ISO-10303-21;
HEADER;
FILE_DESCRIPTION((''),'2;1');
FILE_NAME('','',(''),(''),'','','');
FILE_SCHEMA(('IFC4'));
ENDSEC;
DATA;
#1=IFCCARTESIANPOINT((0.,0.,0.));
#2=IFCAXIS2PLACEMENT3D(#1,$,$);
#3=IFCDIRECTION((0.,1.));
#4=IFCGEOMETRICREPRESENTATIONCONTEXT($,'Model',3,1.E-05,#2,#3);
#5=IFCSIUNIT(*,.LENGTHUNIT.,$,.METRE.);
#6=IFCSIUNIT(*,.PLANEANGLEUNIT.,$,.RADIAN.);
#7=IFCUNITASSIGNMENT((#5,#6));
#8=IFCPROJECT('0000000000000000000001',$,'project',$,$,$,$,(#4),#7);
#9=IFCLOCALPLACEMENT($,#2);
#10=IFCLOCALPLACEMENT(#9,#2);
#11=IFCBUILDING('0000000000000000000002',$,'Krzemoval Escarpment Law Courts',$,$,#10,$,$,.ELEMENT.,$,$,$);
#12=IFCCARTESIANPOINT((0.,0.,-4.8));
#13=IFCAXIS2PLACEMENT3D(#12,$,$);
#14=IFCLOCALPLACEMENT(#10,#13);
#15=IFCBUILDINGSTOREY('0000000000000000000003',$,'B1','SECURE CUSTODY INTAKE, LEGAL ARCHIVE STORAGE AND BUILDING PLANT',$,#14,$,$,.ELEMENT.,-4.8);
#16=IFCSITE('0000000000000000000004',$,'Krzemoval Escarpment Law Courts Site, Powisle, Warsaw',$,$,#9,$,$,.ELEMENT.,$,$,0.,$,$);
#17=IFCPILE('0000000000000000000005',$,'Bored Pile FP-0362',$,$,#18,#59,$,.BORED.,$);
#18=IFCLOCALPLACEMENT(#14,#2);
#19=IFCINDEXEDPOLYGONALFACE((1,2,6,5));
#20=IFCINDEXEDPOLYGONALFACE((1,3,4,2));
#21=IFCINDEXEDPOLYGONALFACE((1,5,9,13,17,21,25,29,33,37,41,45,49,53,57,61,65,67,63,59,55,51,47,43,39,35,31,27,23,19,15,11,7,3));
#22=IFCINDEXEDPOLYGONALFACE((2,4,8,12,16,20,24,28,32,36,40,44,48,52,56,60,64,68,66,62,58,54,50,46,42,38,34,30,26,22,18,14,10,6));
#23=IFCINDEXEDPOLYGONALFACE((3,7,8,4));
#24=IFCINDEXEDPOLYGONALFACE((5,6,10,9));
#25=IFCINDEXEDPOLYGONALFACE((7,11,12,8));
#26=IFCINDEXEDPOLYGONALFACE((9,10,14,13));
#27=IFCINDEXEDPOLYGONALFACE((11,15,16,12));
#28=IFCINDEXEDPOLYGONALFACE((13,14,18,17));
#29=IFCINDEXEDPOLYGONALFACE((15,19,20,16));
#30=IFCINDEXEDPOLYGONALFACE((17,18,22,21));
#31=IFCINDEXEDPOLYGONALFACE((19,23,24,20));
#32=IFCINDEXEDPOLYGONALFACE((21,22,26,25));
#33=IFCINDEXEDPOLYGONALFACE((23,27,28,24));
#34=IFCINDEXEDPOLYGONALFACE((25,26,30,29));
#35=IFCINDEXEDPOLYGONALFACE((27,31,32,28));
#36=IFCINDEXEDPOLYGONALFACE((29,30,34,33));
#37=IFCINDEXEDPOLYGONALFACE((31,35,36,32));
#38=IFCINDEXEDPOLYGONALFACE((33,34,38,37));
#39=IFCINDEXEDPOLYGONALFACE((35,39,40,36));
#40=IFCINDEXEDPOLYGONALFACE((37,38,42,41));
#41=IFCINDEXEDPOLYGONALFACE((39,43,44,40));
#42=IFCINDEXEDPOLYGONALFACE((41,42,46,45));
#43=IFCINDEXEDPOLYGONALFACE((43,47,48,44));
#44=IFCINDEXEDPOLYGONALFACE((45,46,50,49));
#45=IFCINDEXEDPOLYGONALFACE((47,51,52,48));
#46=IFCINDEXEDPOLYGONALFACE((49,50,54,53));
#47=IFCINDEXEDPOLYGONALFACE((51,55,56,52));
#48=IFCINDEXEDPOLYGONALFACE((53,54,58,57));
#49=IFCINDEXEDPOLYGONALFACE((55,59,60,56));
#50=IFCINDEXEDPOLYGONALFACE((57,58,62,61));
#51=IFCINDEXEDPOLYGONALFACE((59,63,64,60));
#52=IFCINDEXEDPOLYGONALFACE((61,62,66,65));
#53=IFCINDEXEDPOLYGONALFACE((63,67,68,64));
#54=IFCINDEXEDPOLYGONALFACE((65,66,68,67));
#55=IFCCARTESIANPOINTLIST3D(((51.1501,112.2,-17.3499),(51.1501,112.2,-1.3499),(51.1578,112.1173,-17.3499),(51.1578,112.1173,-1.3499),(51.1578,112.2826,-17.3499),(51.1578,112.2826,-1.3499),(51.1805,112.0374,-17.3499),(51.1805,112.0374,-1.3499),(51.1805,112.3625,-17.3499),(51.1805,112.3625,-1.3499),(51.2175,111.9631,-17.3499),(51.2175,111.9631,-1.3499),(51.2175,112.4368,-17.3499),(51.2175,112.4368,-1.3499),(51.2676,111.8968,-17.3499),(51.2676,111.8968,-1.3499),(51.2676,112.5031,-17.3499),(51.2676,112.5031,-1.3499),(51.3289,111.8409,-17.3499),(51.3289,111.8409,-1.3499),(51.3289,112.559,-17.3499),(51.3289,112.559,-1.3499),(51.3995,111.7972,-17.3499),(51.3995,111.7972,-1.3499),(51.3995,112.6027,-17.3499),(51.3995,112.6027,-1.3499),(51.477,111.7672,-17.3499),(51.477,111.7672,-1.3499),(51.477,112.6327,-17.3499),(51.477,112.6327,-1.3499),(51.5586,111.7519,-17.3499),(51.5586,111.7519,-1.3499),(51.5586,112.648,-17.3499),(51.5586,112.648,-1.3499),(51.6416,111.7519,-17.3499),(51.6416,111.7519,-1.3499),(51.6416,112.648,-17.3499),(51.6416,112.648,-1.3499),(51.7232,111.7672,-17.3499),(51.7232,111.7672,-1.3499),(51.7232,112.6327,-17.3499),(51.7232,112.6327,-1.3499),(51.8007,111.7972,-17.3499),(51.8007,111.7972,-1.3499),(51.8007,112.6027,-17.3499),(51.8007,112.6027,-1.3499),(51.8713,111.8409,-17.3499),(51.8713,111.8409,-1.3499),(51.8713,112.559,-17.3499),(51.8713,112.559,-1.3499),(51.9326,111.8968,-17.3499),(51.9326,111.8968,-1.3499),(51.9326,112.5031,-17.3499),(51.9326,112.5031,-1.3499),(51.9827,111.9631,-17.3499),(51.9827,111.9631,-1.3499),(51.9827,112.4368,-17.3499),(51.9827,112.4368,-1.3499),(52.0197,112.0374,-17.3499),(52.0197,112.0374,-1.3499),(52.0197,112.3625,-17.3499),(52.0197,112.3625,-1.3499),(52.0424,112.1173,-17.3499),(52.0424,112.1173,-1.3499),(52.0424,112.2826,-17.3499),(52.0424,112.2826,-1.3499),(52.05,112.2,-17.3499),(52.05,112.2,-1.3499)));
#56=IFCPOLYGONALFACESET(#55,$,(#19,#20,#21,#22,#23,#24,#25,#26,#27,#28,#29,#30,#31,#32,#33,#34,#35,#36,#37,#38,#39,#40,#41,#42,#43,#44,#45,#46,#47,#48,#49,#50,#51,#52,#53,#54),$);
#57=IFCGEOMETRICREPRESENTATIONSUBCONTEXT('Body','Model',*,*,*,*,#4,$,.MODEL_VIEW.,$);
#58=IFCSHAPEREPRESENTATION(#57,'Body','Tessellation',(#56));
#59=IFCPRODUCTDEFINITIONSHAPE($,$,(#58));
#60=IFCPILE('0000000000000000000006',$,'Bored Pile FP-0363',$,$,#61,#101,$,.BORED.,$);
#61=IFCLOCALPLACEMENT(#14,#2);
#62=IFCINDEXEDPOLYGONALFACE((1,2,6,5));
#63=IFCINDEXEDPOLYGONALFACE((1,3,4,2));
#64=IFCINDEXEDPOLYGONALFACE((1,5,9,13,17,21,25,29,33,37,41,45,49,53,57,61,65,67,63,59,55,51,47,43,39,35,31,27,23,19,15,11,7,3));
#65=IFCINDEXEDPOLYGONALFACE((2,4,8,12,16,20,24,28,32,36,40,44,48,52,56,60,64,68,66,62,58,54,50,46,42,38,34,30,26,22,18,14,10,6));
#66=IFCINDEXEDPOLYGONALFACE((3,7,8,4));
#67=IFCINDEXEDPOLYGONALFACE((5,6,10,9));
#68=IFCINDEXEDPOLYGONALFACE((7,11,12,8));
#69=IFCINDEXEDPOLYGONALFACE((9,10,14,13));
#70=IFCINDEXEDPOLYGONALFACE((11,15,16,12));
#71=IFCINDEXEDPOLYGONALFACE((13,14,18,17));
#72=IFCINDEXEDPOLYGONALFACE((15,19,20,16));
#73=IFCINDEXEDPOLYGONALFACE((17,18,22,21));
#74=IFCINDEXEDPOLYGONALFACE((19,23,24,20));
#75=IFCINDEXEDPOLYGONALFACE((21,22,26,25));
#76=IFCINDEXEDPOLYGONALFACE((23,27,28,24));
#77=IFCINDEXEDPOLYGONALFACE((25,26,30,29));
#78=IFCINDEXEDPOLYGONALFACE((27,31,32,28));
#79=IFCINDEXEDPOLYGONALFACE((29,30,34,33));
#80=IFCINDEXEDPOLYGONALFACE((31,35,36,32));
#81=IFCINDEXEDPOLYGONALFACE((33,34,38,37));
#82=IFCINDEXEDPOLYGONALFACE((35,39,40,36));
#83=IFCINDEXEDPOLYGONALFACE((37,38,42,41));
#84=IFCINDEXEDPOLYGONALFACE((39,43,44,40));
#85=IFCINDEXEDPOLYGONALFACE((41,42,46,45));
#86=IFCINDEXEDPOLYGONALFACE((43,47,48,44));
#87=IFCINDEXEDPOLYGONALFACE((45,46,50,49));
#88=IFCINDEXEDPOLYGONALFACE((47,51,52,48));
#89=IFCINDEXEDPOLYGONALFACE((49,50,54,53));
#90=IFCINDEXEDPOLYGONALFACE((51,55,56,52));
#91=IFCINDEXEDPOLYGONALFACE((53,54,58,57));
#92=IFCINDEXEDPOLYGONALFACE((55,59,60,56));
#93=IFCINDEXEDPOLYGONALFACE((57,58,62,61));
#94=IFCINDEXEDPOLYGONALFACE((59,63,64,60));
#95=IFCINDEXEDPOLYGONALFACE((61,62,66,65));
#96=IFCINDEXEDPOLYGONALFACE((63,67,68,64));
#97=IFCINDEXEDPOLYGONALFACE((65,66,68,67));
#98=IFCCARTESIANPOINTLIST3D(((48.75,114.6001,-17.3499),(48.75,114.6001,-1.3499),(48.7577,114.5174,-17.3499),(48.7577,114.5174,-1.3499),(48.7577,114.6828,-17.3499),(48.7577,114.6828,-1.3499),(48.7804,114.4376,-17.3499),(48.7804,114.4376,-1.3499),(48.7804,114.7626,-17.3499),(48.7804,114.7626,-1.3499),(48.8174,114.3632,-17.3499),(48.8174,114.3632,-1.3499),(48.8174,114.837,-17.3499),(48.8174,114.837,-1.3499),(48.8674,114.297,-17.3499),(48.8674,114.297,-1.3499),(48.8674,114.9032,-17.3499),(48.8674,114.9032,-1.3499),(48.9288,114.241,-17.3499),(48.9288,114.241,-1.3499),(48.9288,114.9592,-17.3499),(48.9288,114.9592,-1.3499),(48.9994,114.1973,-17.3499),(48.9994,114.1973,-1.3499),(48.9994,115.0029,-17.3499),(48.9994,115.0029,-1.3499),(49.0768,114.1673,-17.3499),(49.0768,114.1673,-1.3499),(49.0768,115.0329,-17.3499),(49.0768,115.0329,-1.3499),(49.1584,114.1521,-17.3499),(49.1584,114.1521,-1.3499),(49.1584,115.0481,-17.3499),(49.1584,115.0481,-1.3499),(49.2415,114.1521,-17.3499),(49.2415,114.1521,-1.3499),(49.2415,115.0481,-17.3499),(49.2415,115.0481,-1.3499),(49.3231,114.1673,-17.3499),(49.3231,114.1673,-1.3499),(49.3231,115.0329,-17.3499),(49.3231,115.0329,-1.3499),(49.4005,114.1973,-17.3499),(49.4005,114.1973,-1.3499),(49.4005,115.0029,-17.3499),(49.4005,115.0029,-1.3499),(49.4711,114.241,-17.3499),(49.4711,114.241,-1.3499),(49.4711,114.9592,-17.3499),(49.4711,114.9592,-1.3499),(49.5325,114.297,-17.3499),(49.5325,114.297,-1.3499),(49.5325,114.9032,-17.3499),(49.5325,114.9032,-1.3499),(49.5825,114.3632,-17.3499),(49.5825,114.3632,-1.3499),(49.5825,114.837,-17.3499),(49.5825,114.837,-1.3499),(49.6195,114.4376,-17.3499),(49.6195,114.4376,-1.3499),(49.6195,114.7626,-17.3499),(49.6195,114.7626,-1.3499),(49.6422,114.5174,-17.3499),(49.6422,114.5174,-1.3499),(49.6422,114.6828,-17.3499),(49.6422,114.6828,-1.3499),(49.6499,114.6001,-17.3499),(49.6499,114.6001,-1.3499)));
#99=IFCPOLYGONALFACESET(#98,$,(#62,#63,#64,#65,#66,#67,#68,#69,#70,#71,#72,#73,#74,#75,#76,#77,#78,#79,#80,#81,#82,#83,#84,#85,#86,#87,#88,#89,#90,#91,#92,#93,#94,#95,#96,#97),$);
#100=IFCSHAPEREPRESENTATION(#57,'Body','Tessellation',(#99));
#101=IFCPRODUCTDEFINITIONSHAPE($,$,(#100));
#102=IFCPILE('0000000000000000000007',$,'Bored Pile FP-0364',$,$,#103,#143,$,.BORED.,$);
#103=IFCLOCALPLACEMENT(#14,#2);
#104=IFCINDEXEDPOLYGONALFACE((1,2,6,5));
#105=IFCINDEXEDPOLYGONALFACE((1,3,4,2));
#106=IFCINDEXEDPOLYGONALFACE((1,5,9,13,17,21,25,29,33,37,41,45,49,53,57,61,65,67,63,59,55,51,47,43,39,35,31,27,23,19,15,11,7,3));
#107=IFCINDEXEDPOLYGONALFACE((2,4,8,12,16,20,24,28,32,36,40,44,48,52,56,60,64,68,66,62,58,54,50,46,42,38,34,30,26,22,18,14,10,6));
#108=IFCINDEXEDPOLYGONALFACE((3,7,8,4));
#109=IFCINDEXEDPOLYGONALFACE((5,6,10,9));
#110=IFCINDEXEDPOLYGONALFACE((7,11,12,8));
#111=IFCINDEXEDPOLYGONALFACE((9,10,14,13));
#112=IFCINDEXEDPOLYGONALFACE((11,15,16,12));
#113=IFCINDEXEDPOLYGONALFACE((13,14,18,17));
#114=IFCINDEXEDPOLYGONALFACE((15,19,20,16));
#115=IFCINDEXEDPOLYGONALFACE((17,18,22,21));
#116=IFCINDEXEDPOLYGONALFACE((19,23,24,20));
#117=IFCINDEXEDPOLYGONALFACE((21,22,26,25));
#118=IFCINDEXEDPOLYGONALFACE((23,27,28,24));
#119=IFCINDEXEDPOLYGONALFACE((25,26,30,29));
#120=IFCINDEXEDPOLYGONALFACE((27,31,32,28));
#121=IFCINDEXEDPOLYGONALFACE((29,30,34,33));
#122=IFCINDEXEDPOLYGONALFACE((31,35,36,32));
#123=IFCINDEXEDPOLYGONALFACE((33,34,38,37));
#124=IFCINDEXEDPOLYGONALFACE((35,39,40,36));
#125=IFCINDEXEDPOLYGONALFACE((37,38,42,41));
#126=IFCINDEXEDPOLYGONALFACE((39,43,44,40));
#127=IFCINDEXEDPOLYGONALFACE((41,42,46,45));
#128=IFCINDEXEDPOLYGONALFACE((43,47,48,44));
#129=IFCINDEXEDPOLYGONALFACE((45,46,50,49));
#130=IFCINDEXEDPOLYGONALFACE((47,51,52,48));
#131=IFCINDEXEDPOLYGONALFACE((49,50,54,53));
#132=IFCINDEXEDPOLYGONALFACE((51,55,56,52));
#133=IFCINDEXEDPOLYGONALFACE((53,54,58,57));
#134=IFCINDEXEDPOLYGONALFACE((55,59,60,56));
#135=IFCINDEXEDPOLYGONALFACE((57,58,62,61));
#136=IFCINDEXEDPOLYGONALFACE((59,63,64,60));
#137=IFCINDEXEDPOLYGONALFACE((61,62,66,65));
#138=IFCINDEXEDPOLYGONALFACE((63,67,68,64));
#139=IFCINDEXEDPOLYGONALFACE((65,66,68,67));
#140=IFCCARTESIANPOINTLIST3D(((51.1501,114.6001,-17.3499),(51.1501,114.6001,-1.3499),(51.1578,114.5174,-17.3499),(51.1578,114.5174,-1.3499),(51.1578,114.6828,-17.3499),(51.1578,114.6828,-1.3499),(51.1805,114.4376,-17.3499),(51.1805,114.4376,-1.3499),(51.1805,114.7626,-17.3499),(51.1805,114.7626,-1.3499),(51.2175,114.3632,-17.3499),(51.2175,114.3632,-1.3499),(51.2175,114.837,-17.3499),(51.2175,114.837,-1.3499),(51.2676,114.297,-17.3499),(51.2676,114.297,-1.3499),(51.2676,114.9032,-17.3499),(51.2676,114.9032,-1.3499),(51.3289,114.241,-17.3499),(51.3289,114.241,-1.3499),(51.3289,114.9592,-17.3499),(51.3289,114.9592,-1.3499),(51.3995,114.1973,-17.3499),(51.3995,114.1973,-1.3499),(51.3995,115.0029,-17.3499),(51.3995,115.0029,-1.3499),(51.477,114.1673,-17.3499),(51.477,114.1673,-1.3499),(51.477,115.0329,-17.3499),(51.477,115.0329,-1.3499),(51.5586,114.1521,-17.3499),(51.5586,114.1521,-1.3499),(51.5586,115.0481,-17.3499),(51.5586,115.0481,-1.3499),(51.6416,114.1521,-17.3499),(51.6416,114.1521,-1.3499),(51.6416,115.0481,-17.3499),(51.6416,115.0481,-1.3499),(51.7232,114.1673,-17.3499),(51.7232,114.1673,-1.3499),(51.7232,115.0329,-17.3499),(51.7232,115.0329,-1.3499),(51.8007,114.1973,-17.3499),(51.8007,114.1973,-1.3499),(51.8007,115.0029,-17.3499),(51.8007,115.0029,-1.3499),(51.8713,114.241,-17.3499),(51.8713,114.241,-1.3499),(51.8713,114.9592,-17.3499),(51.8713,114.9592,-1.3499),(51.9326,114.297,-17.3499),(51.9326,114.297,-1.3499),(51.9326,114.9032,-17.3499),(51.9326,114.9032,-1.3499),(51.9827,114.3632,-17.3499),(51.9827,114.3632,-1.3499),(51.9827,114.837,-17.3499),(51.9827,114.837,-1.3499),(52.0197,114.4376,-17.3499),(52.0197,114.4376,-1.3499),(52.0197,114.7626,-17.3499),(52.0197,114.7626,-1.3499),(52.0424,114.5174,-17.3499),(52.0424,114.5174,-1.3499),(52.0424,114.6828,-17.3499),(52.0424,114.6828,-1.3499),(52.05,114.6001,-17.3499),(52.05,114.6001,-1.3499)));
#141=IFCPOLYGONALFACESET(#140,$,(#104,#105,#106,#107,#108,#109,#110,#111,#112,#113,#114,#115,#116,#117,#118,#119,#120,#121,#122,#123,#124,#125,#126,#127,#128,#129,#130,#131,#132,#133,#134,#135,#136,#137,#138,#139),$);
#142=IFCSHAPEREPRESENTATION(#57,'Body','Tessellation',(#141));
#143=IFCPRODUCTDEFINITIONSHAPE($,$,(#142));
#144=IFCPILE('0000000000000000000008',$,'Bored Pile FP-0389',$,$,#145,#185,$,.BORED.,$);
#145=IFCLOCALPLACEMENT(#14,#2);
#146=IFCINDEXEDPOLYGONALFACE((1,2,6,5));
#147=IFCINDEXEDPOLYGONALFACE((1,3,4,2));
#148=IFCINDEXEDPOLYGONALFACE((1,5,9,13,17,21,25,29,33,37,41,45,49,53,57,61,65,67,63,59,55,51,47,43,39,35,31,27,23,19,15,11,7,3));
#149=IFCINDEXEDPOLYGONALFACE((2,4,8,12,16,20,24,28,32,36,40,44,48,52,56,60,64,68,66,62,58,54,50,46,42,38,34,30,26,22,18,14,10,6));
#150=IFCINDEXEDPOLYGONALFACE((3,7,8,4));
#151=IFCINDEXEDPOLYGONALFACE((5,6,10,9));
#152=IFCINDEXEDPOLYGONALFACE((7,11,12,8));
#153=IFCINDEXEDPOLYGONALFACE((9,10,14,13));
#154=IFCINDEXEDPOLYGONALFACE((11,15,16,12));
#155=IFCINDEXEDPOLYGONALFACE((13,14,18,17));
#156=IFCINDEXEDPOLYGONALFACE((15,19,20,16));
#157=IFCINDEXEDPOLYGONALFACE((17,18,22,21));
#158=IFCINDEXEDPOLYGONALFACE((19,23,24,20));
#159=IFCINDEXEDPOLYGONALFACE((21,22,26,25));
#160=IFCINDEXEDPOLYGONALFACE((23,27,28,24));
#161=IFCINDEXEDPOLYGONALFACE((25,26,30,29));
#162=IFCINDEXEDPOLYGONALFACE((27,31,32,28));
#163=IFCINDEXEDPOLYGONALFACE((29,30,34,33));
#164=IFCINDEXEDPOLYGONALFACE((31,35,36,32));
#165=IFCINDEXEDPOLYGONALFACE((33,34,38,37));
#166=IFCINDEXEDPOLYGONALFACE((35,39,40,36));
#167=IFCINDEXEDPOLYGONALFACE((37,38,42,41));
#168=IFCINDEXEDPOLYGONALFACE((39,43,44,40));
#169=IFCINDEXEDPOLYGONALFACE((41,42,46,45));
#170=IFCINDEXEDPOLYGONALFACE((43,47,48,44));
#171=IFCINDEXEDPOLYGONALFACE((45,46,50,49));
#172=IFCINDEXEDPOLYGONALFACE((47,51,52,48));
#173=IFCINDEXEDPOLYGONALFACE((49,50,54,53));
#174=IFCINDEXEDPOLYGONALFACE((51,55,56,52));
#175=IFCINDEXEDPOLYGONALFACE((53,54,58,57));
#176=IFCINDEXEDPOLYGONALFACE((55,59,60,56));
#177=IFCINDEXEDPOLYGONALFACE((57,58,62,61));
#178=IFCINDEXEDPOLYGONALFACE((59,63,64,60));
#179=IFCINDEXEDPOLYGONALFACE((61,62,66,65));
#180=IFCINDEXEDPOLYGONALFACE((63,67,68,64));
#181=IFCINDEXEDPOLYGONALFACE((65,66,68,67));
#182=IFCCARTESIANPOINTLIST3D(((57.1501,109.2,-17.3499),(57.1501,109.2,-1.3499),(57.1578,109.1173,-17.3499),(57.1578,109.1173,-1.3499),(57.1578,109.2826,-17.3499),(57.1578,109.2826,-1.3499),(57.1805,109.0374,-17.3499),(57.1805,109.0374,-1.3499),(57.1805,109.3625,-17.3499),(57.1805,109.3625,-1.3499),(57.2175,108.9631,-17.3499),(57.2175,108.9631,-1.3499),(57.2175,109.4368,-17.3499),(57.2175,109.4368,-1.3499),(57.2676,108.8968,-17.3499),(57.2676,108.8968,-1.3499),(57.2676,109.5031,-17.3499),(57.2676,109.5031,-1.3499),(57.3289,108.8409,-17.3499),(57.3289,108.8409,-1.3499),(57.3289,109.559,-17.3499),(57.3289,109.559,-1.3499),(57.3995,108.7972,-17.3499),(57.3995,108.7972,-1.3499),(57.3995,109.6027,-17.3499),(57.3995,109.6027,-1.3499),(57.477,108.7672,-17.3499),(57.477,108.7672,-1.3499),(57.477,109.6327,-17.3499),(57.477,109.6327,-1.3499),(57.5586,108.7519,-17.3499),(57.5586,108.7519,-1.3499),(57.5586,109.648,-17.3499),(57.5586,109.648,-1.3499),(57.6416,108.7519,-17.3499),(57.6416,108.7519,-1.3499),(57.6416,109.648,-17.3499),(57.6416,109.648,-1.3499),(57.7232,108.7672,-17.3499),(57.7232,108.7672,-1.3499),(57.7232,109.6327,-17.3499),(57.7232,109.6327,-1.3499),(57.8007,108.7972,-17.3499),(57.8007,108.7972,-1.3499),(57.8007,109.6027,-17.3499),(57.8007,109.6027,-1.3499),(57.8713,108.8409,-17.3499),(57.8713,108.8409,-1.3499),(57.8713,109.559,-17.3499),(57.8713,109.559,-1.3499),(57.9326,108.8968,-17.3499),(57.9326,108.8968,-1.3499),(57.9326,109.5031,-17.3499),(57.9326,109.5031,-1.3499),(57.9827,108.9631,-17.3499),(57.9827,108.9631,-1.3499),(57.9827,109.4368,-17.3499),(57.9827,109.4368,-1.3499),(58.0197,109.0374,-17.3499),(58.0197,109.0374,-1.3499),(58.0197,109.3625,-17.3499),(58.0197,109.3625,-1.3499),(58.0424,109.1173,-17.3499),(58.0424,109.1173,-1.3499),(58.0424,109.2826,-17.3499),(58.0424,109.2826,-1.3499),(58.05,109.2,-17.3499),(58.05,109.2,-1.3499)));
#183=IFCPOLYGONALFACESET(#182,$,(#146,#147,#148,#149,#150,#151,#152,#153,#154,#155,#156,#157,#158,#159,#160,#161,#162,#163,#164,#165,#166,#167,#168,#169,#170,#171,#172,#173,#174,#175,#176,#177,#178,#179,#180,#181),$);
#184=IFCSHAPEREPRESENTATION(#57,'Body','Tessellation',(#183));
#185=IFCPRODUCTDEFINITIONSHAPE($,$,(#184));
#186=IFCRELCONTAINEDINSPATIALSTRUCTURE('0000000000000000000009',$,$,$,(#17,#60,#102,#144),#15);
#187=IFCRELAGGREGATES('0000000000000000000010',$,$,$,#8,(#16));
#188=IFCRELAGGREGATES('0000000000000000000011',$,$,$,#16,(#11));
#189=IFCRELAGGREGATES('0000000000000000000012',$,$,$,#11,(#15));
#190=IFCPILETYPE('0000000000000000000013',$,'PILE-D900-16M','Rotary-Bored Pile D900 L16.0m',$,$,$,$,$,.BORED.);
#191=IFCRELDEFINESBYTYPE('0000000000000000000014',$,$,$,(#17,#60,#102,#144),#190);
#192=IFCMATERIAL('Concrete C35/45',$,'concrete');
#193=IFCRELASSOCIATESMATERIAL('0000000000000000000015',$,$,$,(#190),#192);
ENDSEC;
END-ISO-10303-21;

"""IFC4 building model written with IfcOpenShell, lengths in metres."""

from ifc_helpers import new_model, si_unit, direction, frame, origin, origin_2d, place, context, subcontext, project, spatial, circle, extrude, material, material_profile, profile_set, type_object, element, save


model = new_model("IFC4")

# Units and contexts
model_context = context("Model", 3, precision=1e-05, world=origin(), true_north=direction((0.0, 1.0)))
body_context = subcontext(model_context, "Body", "Model", "MODEL_VIEW")
ifc_project = project(units=[si_unit("LENGTHUNIT", "METRE"), si_unit("PLANEANGLEUNIT", "RADIAN")], contexts=[model_context])

# Site, building, storey
site_placement = place(None, origin())
site = spatial("IfcSite", under=ifc_project, at=site_placement, Name="Krzemoval Escarpment Law Courts Site, Powisle, Warsaw", CompositionType="ELEMENT", RefElevation=0.0)
building_placement = place(site_placement, origin())
building = spatial("IfcBuilding", under=site, at=building_placement, Name="Krzemoval Escarpment Law Courts", CompositionType="ELEMENT")
storey_placement = place(building_placement, frame((0.0, 0.0, -4.8)))
storey = spatial("IfcBuildingStorey", under=building, at=storey_placement, Name="B1", Description="SECURE CUSTODY INTAKE, LEGAL ARCHIVE STORAGE AND BUILDING PLANT", CompositionType="ELEMENT", Elevation=-4.8)

# Piles
ifc_material_1 = material(Name="Concrete C35/45", Category="concrete")
ifc_material_profile_1 = material_profile(ifc_material_1, circle(Radius=0.45, at=origin_2d()), Name="PILE D900")
ifc_profile_set_1 = profile_set([ifc_material_profile_1], Name="Concrete C35/45")
pile_type = type_object("IfcPileType", Name="PILE-D900-16M", Description="Rotary-Bored Pile D900 L16.0m", PredefinedType="BORED", material=ifc_profile_set_1)
for number, where, z_axis, x_axis, name in (
    (1, (51.6001, 112.2, -1.3499), (0.0, 0.0, -1.0), (1.0, 0.0, 0.0), "Bored Pile FP-0362"),
    (2, (49.2, 114.6001, -1.3499), (0.0, 0.0, -1.0), (1.0, 0.0, 0.0), "Bored Pile FP-0363"),
    (3, (51.6001, 114.6001, -1.3499), (0.0, 0.0, -1.0), (1.0, 0.0, 0.0), "Bored Pile FP-0364"),
    (4, (57.6001, 109.2, -1.3499), (0.0, 0.0, -1.0), (1.0, 0.0, 0.0), "Bored Pile FP-0389"),
):
    element("IfcPile", number, at=place(storey_placement, frame(where, z_axis=z_axis, x_axis=x_axis)), inside=storey, type_object=pile_type, Name=name, PredefinedType="BORED", context=body_context, shape_type="SweptSolid", body=[
        extrude(circle(Radius=0.45, at=origin_2d()), origin(), (0.0, 0.0, 1.0), 16.0),
    ])

save(model, "model.ifc")
